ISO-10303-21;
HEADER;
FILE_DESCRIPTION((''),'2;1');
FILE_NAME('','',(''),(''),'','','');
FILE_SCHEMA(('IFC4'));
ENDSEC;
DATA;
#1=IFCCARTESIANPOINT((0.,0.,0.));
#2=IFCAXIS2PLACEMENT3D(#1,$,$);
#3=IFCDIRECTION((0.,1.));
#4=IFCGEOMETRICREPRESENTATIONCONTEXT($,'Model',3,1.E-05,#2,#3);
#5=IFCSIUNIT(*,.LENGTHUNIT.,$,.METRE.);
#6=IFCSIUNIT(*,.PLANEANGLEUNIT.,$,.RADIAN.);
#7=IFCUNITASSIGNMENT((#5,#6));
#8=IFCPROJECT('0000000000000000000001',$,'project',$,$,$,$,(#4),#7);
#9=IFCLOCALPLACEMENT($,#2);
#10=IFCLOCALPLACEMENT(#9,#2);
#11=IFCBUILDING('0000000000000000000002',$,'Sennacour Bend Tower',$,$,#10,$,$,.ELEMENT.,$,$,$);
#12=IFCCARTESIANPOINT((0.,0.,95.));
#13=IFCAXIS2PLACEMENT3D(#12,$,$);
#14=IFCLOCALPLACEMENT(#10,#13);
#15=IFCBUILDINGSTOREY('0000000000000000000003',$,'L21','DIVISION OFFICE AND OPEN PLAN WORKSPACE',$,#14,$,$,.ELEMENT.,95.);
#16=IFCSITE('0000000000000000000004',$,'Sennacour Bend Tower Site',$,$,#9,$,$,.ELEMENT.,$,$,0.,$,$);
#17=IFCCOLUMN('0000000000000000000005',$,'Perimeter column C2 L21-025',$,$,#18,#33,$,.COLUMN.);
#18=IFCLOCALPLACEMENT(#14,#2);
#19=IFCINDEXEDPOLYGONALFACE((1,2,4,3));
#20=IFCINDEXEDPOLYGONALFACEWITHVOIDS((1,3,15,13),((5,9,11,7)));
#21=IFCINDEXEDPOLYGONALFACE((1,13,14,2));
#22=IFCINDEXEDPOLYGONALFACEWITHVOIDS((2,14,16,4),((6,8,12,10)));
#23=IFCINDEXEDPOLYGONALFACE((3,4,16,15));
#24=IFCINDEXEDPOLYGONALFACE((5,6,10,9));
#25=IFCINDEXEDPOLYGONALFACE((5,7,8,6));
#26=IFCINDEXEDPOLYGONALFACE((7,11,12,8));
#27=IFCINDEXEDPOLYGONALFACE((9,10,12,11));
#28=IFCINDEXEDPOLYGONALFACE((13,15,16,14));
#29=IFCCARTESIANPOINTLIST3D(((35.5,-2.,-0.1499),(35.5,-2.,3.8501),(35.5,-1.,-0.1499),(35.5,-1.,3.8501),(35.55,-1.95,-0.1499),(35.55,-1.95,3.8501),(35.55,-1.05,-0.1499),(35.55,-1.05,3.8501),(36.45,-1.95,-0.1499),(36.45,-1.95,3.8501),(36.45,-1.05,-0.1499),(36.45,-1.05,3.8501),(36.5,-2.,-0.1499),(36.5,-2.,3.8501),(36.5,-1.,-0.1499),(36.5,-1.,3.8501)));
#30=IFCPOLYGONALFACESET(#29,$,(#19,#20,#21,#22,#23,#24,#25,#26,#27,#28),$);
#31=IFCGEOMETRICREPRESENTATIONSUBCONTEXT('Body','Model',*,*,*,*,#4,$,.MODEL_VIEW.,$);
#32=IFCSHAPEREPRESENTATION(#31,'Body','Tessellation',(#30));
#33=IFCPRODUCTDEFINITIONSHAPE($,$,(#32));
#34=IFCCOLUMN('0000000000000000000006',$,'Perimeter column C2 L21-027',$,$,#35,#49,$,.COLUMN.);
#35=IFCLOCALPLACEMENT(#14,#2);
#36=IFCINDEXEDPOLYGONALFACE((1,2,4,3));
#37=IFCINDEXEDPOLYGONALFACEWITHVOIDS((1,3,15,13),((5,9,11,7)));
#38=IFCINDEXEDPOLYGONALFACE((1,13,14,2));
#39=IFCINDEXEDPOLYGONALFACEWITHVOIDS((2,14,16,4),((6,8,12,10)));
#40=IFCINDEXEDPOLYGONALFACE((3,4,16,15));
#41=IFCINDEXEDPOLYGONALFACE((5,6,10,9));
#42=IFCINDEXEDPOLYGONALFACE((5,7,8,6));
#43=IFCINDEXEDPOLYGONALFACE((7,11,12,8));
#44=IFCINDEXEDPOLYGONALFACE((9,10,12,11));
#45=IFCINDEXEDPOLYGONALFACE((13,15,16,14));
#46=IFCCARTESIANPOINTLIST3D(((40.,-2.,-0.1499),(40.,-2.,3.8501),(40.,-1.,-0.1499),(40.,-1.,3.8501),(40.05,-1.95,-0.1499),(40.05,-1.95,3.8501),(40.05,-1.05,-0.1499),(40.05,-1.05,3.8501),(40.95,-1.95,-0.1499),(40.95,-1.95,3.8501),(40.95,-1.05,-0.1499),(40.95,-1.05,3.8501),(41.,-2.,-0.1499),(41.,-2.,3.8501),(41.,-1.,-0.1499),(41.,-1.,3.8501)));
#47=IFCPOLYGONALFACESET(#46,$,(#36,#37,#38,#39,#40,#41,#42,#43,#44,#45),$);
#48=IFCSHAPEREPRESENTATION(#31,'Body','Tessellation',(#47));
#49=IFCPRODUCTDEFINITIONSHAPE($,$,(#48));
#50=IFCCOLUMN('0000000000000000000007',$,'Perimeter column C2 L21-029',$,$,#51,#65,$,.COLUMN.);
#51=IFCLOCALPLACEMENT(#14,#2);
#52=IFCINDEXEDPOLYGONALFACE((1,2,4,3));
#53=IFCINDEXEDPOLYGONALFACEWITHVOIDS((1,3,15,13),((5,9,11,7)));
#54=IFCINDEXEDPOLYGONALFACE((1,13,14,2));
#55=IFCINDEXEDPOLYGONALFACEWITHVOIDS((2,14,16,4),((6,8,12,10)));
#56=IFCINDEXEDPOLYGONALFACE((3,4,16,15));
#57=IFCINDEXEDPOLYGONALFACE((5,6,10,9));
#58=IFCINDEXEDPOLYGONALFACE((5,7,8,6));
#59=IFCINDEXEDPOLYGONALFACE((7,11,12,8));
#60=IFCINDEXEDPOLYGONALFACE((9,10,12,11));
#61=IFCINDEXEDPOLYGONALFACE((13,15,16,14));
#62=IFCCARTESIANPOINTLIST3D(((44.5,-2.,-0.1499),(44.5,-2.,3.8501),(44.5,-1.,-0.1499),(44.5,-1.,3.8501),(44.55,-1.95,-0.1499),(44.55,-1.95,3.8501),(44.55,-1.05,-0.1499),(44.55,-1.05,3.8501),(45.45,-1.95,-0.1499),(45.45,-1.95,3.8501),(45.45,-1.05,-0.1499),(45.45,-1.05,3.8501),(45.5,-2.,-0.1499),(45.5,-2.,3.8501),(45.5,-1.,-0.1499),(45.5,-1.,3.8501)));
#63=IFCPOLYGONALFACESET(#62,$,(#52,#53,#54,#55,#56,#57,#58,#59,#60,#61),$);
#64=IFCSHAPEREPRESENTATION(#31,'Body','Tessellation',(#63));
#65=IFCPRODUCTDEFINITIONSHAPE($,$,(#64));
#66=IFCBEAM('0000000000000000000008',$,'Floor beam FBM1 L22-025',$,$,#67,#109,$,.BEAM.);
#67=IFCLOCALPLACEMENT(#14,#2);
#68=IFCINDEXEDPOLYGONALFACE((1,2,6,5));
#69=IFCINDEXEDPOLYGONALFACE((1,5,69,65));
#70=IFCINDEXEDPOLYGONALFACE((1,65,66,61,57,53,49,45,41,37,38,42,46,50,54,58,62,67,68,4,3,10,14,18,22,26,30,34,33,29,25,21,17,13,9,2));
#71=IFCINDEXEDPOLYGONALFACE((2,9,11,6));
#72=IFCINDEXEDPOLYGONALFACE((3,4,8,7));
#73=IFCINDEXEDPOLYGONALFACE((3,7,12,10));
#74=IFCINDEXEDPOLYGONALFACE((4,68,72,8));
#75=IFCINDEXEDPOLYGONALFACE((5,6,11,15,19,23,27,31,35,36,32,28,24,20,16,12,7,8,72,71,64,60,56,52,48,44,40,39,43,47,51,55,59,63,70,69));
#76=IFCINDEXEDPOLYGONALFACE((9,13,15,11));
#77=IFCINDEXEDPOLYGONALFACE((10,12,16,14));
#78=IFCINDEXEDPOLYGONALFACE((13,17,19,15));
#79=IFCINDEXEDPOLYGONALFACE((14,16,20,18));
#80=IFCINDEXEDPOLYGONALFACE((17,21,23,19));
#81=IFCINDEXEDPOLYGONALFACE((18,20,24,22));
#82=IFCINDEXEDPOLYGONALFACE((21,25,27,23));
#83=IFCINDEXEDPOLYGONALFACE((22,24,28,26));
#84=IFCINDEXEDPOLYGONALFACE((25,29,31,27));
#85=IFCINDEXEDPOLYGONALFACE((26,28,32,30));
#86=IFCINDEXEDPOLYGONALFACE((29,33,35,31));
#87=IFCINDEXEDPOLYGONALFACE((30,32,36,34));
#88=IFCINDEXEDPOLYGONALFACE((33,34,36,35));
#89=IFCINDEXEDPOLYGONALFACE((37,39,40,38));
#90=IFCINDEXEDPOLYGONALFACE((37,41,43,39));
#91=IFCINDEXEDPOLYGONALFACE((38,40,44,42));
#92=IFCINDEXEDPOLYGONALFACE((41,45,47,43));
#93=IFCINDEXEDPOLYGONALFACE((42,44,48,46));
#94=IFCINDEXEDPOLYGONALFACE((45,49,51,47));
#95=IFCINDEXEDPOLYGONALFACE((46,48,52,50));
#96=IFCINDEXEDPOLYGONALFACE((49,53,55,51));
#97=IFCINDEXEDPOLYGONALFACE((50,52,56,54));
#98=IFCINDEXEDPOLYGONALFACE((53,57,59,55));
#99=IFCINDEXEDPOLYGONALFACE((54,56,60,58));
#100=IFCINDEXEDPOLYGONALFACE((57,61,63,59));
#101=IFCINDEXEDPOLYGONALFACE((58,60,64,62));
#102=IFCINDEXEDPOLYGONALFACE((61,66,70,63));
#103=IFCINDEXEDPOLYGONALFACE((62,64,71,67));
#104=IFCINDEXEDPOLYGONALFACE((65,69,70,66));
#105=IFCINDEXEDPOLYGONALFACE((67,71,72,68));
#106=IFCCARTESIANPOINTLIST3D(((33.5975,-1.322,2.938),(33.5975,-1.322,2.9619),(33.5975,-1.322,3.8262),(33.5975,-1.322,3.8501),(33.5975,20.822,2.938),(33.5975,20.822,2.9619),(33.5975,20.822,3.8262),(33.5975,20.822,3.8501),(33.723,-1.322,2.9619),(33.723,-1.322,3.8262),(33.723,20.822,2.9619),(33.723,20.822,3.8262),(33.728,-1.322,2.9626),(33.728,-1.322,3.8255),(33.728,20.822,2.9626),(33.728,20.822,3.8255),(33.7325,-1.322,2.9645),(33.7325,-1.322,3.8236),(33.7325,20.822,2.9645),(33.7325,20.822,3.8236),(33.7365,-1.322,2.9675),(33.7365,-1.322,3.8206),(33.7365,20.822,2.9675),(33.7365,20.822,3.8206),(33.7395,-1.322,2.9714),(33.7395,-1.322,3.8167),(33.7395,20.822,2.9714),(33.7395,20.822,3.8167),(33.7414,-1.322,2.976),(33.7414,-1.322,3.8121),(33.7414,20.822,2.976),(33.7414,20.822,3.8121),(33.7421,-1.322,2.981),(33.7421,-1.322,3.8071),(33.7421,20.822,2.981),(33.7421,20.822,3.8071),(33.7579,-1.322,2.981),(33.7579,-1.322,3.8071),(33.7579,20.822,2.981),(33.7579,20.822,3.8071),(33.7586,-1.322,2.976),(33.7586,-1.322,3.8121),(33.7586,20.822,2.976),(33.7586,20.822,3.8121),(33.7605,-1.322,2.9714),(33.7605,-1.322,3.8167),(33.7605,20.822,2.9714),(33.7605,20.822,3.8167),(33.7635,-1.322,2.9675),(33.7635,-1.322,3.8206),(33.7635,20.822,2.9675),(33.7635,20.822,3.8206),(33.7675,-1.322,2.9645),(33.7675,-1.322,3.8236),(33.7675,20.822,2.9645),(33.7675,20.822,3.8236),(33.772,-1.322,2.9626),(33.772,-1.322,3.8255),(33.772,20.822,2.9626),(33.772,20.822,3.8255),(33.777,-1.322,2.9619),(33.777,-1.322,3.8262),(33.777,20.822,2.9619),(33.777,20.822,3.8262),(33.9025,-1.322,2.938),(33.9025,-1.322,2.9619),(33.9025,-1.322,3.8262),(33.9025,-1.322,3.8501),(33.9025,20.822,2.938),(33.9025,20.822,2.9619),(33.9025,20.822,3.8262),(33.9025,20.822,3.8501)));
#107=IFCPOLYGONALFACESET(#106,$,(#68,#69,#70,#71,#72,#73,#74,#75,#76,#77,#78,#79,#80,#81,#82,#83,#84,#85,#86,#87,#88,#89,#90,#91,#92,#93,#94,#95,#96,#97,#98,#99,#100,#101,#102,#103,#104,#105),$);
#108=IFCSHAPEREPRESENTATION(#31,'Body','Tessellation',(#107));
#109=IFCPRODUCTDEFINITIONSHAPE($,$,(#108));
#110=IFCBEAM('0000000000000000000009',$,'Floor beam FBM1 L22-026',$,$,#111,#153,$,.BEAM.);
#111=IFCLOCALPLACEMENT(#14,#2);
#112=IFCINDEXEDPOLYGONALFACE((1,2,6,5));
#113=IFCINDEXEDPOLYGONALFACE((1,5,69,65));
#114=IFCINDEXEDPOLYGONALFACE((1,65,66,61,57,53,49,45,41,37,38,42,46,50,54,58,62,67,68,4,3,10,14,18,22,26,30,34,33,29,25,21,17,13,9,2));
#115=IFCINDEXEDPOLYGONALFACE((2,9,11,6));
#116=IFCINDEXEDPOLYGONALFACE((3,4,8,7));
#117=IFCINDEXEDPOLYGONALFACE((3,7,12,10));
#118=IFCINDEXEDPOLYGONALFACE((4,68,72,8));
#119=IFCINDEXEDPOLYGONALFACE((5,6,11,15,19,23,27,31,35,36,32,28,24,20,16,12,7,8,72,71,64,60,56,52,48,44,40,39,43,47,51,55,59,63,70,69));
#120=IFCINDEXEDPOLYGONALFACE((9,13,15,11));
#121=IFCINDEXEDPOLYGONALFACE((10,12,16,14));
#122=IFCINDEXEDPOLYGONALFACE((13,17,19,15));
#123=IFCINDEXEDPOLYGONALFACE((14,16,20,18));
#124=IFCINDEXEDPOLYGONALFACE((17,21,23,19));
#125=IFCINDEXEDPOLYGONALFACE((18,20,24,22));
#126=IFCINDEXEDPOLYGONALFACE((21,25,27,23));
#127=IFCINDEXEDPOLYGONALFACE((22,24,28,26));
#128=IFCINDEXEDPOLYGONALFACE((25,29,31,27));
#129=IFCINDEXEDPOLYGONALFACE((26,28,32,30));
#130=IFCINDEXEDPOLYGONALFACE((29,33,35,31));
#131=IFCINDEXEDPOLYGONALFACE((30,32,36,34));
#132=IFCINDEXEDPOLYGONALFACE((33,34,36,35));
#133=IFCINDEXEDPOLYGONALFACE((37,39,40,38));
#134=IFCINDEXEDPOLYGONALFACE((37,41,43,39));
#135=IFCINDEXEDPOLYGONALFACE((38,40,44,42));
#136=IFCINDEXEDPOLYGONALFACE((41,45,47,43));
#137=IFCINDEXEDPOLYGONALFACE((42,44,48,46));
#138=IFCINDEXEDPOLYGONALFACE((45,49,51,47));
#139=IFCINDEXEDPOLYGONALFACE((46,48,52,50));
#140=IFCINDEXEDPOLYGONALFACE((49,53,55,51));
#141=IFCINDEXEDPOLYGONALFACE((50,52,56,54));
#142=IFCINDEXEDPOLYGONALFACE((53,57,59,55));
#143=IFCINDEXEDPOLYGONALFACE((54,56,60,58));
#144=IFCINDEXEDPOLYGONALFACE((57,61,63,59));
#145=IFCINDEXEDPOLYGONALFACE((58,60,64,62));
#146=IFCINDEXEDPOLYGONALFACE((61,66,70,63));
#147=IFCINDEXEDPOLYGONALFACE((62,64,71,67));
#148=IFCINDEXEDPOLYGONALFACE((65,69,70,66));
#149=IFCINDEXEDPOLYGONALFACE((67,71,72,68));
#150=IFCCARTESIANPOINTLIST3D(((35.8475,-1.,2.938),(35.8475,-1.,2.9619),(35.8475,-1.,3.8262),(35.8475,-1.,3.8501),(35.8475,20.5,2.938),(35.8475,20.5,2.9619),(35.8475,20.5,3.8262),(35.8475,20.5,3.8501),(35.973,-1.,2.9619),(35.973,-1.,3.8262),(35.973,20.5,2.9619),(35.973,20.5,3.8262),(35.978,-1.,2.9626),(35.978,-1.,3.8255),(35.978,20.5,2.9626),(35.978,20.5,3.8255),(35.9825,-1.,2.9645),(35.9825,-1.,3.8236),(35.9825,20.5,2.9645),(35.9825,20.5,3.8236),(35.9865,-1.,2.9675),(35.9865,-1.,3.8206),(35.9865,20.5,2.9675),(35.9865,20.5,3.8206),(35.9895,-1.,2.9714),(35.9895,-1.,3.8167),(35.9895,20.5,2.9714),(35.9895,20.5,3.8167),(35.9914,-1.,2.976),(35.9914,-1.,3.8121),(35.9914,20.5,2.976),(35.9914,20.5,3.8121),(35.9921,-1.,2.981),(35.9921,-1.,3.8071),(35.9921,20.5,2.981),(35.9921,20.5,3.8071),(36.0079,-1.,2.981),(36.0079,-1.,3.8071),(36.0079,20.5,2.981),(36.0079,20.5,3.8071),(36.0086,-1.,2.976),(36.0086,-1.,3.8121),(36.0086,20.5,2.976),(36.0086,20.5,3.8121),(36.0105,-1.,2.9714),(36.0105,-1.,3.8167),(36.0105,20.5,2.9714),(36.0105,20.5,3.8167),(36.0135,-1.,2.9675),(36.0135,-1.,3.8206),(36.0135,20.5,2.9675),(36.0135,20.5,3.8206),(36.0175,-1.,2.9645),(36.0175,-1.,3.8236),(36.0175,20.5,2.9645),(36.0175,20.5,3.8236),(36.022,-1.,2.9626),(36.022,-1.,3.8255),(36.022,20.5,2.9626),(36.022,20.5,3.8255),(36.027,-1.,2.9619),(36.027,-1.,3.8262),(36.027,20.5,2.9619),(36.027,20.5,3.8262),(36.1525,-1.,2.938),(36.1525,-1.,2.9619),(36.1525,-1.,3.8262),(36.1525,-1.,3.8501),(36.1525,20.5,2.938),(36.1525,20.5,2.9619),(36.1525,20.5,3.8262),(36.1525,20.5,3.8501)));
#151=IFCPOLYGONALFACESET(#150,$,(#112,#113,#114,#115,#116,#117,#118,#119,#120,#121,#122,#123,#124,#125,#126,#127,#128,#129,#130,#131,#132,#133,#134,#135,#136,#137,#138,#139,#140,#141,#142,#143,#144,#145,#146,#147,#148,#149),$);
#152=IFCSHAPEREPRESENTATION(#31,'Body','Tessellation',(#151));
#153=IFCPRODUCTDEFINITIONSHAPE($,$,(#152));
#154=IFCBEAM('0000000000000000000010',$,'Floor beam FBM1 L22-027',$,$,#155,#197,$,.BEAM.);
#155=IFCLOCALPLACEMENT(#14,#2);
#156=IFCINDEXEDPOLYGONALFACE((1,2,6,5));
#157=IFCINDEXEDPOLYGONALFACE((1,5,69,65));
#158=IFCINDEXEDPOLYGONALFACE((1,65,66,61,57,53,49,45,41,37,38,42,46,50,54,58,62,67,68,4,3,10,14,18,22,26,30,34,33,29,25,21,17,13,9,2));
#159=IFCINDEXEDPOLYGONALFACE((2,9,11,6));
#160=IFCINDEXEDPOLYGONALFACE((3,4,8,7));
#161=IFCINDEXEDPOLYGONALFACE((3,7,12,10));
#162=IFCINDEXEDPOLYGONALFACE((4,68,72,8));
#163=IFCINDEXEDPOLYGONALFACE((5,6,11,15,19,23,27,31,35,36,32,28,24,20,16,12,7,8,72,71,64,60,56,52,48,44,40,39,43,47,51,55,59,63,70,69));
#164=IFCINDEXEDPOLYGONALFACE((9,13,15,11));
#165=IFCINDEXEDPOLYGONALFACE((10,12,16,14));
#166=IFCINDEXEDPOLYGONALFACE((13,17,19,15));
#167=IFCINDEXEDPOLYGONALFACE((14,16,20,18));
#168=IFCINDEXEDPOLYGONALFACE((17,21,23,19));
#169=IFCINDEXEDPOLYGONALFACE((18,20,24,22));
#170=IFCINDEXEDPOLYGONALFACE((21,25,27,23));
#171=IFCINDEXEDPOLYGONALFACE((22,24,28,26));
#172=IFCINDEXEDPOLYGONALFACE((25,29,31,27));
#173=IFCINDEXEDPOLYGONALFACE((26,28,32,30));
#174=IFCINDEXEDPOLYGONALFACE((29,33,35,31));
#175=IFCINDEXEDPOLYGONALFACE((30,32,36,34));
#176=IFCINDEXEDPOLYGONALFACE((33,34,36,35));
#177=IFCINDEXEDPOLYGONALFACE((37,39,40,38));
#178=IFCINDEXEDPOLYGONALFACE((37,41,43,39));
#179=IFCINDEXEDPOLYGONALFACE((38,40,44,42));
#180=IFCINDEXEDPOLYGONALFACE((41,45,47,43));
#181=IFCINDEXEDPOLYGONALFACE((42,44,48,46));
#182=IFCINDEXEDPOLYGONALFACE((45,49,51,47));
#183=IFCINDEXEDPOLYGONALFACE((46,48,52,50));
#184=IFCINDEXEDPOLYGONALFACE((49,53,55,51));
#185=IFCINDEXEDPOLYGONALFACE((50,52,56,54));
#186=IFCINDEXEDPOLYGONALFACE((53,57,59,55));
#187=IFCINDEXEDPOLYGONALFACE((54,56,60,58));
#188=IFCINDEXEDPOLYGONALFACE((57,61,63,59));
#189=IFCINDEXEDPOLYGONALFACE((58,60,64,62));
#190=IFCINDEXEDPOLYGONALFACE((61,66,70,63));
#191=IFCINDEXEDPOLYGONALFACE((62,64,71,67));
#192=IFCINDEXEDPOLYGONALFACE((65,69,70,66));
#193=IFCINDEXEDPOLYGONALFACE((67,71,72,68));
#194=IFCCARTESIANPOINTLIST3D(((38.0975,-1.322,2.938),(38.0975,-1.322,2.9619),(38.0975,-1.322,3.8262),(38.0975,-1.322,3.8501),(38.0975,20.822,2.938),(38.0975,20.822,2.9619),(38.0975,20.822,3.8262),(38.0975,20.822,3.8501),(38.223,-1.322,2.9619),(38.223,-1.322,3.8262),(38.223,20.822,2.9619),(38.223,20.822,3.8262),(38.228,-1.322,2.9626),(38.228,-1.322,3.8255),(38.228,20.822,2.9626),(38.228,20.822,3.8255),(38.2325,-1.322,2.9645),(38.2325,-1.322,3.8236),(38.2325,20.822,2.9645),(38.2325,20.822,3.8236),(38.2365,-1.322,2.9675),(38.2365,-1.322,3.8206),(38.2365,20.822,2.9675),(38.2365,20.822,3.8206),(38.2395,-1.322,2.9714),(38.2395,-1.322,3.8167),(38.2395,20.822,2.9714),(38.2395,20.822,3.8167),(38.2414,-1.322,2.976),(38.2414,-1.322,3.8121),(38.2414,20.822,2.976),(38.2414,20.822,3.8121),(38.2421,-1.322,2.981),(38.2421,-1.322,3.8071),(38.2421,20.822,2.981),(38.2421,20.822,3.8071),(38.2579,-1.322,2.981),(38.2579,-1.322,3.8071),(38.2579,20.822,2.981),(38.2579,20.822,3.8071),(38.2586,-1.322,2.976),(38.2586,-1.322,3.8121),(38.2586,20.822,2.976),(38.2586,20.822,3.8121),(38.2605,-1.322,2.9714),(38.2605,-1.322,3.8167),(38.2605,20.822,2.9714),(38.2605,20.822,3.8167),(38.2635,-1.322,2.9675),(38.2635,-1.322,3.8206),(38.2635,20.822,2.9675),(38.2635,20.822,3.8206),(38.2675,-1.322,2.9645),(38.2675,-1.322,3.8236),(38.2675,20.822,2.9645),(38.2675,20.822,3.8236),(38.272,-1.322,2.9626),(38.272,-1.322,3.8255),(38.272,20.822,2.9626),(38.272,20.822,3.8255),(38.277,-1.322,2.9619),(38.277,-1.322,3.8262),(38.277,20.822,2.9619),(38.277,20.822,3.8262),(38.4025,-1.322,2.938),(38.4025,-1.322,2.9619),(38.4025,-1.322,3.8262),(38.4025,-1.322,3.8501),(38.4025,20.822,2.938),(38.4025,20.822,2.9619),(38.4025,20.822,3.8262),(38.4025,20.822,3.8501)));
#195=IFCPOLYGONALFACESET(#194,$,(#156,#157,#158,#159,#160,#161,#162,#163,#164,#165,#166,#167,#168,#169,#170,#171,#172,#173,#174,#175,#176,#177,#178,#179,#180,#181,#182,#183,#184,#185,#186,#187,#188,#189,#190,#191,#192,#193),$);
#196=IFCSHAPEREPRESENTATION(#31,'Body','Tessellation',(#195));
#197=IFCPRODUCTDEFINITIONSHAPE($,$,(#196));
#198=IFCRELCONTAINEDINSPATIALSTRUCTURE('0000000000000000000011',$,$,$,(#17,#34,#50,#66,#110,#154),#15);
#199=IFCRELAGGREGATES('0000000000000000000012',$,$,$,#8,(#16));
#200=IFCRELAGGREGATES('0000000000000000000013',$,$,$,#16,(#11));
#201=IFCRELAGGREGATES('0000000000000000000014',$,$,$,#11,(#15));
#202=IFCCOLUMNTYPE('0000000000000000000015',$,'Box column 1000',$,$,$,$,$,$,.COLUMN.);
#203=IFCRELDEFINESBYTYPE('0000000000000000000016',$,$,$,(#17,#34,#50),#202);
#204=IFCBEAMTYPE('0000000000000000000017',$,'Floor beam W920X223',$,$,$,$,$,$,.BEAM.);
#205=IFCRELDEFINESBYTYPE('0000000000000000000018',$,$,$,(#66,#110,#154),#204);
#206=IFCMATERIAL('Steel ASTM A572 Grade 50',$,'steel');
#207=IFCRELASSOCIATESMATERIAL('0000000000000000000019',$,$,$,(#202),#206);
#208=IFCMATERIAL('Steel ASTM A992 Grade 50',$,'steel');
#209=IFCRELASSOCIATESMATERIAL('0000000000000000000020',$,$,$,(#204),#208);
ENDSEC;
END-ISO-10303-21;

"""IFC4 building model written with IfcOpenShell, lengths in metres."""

from ifc_helpers import new_model, si_unit, direction, frame, origin, origin_2d, place, context, subcontext, project, spatial, hollow_rectangle, i_section, extrude, material, material_profile, profile_set, type_object, element, save


model = new_model("IFC4")

# Units and contexts
model_context = context("Model", 3, precision=1e-05, world=origin(), true_north=direction((0.0, 1.0)))
body_context = subcontext(model_context, "Body", "Model", "MODEL_VIEW")
ifc_project = project(units=[si_unit("LENGTHUNIT", "METRE"), si_unit("PLANEANGLEUNIT", "RADIAN")], contexts=[model_context])

# Site, building, storey
site_placement = place(None, origin())
site = spatial("IfcSite", under=ifc_project, at=site_placement, Name="Sennacour Bend Tower Site", CompositionType="ELEMENT", RefElevation=0.0)
building_placement = place(site_placement, origin())
building = spatial("IfcBuilding", under=site, at=building_placement, Name="Sennacour Bend Tower", CompositionType="ELEMENT")
storey_placement = place(building_placement, frame((0.0, 0.0, 95.0)))
storey = spatial("IfcBuildingStorey", under=building, at=storey_placement, Name="L21", Description="DIVISION OFFICE AND OPEN PLAN WORKSPACE", CompositionType="ELEMENT", Elevation=95.0)

# Columns
ifc_material_1 = material(Name="Steel ASTM A572 Grade 50", Category="steel")
ifc_material_profile_1 = material_profile(ifc_material_1, hollow_rectangle(XDim=1.0, YDim=1.0, WallThickness=0.05, at=origin_2d()), Name="Steel ASTM A572 Grade 50", Category="steel")
ifc_profile_set_1 = profile_set([ifc_material_profile_1], Name="Steel ASTM A572 Grade 50")
column_type = type_object("IfcColumnType", Name="Box column 1000", PredefinedType="COLUMN", material=ifc_profile_set_1)
for number, where, z_axis, x_axis, name in (
    (1, (36.0, -1.5, -0.1499), (0.0, 0.0, 1.0), (1.0, 0.0, 0.0), "Perimeter column C2 L21-025"),
    (2, (40.5, -1.5, -0.1499), (0.0, 0.0, 1.0), (1.0, 0.0, 0.0), "Perimeter column C2 L21-027"),
    (3, (45.0, -1.5, -0.1499), (0.0, 0.0, 1.0), (1.0, 0.0, 0.0), "Perimeter column C2 L21-029"),
):
    element("IfcColumn", number, at=place(storey_placement, frame(where, z_axis=z_axis, x_axis=x_axis)), inside=storey, type_object=column_type, Name=name, PredefinedType="COLUMN", context=body_context, shape_type="SweptSolid", body=[
        extrude(hollow_rectangle(XDim=1.0, YDim=1.0, WallThickness=0.05, at=origin_2d()), origin(), (0.0, 0.0, 1.0), 4.0),
    ])

# Beams
ifc_material_2 = material(Name="Steel ASTM A992 Grade 50", Category="steel")
ifc_material_profile_2 = material_profile(ifc_material_2, i_section(OverallWidth=0.3049, OverallDepth=0.9121, WebThickness=0.0159, FlangeThickness=0.0239, FilletRadius=0.019, at=origin_2d()), Name="Steel ASTM A992 Grade 50", Category="steel")
ifc_profile_set_2 = profile_set([ifc_material_profile_2], Name="Steel ASTM A992 Grade 50")
beam_type_1 = type_object("IfcBeamType", Name="Floor beam W920X223", PredefinedType="BEAM", material=ifc_profile_set_2)
beam_1_placement = place(storey_placement, frame((33.75, -1.322, 3.394), z_axis=(0.0, 1.0, 0.0), x_axis=(-1.0, 0.0, 0.0)))
element("IfcBeam", 4, at=beam_1_placement, inside=storey, type_object=beam_type_1, Name="Floor beam FBM1 L22-025", PredefinedType="BEAM", context=body_context, shape_type="SweptSolid", body=[
    extrude(i_section(OverallWidth=0.3049, OverallDepth=0.9121, WebThickness=0.0159, FlangeThickness=0.0239, FilletRadius=0.019, at=origin_2d()), origin(), (0.0, 0.0, 1.0), 22.144),
])
beam_2_placement = place(storey_placement, frame((36.0, -1.0, 3.394), z_axis=(0.0, 1.0, 0.0), x_axis=(-1.0, 0.0, 0.0)))
element("IfcBeam", 5, at=beam_2_placement, inside=storey, type_object=beam_type_1, Name="Floor beam FBM1 L22-026", PredefinedType="BEAM", context=body_context, shape_type="SweptSolid", body=[
    extrude(i_section(OverallWidth=0.3049, OverallDepth=0.9121, WebThickness=0.0159, FlangeThickness=0.0239, FilletRadius=0.019, at=origin_2d()), origin(), (0.0, 0.0, 1.0), 21.5),
])
beam_3_placement = place(storey_placement, frame((38.25, -1.322, 3.394), z_axis=(0.0, 1.0, 0.0), x_axis=(-1.0, 0.0, 0.0)))
element("IfcBeam", 6, at=beam_3_placement, inside=storey, type_object=beam_type_1, Name="Floor beam FBM1 L22-027", PredefinedType="BEAM", context=body_context, shape_type="SweptSolid", body=[
    extrude(i_section(OverallWidth=0.3049, OverallDepth=0.9121, WebThickness=0.0159, FlangeThickness=0.0239, FilletRadius=0.019, at=origin_2d()), origin(), (0.0, 0.0, 1.0), 22.144),
])

save(model, "model.ifc")
